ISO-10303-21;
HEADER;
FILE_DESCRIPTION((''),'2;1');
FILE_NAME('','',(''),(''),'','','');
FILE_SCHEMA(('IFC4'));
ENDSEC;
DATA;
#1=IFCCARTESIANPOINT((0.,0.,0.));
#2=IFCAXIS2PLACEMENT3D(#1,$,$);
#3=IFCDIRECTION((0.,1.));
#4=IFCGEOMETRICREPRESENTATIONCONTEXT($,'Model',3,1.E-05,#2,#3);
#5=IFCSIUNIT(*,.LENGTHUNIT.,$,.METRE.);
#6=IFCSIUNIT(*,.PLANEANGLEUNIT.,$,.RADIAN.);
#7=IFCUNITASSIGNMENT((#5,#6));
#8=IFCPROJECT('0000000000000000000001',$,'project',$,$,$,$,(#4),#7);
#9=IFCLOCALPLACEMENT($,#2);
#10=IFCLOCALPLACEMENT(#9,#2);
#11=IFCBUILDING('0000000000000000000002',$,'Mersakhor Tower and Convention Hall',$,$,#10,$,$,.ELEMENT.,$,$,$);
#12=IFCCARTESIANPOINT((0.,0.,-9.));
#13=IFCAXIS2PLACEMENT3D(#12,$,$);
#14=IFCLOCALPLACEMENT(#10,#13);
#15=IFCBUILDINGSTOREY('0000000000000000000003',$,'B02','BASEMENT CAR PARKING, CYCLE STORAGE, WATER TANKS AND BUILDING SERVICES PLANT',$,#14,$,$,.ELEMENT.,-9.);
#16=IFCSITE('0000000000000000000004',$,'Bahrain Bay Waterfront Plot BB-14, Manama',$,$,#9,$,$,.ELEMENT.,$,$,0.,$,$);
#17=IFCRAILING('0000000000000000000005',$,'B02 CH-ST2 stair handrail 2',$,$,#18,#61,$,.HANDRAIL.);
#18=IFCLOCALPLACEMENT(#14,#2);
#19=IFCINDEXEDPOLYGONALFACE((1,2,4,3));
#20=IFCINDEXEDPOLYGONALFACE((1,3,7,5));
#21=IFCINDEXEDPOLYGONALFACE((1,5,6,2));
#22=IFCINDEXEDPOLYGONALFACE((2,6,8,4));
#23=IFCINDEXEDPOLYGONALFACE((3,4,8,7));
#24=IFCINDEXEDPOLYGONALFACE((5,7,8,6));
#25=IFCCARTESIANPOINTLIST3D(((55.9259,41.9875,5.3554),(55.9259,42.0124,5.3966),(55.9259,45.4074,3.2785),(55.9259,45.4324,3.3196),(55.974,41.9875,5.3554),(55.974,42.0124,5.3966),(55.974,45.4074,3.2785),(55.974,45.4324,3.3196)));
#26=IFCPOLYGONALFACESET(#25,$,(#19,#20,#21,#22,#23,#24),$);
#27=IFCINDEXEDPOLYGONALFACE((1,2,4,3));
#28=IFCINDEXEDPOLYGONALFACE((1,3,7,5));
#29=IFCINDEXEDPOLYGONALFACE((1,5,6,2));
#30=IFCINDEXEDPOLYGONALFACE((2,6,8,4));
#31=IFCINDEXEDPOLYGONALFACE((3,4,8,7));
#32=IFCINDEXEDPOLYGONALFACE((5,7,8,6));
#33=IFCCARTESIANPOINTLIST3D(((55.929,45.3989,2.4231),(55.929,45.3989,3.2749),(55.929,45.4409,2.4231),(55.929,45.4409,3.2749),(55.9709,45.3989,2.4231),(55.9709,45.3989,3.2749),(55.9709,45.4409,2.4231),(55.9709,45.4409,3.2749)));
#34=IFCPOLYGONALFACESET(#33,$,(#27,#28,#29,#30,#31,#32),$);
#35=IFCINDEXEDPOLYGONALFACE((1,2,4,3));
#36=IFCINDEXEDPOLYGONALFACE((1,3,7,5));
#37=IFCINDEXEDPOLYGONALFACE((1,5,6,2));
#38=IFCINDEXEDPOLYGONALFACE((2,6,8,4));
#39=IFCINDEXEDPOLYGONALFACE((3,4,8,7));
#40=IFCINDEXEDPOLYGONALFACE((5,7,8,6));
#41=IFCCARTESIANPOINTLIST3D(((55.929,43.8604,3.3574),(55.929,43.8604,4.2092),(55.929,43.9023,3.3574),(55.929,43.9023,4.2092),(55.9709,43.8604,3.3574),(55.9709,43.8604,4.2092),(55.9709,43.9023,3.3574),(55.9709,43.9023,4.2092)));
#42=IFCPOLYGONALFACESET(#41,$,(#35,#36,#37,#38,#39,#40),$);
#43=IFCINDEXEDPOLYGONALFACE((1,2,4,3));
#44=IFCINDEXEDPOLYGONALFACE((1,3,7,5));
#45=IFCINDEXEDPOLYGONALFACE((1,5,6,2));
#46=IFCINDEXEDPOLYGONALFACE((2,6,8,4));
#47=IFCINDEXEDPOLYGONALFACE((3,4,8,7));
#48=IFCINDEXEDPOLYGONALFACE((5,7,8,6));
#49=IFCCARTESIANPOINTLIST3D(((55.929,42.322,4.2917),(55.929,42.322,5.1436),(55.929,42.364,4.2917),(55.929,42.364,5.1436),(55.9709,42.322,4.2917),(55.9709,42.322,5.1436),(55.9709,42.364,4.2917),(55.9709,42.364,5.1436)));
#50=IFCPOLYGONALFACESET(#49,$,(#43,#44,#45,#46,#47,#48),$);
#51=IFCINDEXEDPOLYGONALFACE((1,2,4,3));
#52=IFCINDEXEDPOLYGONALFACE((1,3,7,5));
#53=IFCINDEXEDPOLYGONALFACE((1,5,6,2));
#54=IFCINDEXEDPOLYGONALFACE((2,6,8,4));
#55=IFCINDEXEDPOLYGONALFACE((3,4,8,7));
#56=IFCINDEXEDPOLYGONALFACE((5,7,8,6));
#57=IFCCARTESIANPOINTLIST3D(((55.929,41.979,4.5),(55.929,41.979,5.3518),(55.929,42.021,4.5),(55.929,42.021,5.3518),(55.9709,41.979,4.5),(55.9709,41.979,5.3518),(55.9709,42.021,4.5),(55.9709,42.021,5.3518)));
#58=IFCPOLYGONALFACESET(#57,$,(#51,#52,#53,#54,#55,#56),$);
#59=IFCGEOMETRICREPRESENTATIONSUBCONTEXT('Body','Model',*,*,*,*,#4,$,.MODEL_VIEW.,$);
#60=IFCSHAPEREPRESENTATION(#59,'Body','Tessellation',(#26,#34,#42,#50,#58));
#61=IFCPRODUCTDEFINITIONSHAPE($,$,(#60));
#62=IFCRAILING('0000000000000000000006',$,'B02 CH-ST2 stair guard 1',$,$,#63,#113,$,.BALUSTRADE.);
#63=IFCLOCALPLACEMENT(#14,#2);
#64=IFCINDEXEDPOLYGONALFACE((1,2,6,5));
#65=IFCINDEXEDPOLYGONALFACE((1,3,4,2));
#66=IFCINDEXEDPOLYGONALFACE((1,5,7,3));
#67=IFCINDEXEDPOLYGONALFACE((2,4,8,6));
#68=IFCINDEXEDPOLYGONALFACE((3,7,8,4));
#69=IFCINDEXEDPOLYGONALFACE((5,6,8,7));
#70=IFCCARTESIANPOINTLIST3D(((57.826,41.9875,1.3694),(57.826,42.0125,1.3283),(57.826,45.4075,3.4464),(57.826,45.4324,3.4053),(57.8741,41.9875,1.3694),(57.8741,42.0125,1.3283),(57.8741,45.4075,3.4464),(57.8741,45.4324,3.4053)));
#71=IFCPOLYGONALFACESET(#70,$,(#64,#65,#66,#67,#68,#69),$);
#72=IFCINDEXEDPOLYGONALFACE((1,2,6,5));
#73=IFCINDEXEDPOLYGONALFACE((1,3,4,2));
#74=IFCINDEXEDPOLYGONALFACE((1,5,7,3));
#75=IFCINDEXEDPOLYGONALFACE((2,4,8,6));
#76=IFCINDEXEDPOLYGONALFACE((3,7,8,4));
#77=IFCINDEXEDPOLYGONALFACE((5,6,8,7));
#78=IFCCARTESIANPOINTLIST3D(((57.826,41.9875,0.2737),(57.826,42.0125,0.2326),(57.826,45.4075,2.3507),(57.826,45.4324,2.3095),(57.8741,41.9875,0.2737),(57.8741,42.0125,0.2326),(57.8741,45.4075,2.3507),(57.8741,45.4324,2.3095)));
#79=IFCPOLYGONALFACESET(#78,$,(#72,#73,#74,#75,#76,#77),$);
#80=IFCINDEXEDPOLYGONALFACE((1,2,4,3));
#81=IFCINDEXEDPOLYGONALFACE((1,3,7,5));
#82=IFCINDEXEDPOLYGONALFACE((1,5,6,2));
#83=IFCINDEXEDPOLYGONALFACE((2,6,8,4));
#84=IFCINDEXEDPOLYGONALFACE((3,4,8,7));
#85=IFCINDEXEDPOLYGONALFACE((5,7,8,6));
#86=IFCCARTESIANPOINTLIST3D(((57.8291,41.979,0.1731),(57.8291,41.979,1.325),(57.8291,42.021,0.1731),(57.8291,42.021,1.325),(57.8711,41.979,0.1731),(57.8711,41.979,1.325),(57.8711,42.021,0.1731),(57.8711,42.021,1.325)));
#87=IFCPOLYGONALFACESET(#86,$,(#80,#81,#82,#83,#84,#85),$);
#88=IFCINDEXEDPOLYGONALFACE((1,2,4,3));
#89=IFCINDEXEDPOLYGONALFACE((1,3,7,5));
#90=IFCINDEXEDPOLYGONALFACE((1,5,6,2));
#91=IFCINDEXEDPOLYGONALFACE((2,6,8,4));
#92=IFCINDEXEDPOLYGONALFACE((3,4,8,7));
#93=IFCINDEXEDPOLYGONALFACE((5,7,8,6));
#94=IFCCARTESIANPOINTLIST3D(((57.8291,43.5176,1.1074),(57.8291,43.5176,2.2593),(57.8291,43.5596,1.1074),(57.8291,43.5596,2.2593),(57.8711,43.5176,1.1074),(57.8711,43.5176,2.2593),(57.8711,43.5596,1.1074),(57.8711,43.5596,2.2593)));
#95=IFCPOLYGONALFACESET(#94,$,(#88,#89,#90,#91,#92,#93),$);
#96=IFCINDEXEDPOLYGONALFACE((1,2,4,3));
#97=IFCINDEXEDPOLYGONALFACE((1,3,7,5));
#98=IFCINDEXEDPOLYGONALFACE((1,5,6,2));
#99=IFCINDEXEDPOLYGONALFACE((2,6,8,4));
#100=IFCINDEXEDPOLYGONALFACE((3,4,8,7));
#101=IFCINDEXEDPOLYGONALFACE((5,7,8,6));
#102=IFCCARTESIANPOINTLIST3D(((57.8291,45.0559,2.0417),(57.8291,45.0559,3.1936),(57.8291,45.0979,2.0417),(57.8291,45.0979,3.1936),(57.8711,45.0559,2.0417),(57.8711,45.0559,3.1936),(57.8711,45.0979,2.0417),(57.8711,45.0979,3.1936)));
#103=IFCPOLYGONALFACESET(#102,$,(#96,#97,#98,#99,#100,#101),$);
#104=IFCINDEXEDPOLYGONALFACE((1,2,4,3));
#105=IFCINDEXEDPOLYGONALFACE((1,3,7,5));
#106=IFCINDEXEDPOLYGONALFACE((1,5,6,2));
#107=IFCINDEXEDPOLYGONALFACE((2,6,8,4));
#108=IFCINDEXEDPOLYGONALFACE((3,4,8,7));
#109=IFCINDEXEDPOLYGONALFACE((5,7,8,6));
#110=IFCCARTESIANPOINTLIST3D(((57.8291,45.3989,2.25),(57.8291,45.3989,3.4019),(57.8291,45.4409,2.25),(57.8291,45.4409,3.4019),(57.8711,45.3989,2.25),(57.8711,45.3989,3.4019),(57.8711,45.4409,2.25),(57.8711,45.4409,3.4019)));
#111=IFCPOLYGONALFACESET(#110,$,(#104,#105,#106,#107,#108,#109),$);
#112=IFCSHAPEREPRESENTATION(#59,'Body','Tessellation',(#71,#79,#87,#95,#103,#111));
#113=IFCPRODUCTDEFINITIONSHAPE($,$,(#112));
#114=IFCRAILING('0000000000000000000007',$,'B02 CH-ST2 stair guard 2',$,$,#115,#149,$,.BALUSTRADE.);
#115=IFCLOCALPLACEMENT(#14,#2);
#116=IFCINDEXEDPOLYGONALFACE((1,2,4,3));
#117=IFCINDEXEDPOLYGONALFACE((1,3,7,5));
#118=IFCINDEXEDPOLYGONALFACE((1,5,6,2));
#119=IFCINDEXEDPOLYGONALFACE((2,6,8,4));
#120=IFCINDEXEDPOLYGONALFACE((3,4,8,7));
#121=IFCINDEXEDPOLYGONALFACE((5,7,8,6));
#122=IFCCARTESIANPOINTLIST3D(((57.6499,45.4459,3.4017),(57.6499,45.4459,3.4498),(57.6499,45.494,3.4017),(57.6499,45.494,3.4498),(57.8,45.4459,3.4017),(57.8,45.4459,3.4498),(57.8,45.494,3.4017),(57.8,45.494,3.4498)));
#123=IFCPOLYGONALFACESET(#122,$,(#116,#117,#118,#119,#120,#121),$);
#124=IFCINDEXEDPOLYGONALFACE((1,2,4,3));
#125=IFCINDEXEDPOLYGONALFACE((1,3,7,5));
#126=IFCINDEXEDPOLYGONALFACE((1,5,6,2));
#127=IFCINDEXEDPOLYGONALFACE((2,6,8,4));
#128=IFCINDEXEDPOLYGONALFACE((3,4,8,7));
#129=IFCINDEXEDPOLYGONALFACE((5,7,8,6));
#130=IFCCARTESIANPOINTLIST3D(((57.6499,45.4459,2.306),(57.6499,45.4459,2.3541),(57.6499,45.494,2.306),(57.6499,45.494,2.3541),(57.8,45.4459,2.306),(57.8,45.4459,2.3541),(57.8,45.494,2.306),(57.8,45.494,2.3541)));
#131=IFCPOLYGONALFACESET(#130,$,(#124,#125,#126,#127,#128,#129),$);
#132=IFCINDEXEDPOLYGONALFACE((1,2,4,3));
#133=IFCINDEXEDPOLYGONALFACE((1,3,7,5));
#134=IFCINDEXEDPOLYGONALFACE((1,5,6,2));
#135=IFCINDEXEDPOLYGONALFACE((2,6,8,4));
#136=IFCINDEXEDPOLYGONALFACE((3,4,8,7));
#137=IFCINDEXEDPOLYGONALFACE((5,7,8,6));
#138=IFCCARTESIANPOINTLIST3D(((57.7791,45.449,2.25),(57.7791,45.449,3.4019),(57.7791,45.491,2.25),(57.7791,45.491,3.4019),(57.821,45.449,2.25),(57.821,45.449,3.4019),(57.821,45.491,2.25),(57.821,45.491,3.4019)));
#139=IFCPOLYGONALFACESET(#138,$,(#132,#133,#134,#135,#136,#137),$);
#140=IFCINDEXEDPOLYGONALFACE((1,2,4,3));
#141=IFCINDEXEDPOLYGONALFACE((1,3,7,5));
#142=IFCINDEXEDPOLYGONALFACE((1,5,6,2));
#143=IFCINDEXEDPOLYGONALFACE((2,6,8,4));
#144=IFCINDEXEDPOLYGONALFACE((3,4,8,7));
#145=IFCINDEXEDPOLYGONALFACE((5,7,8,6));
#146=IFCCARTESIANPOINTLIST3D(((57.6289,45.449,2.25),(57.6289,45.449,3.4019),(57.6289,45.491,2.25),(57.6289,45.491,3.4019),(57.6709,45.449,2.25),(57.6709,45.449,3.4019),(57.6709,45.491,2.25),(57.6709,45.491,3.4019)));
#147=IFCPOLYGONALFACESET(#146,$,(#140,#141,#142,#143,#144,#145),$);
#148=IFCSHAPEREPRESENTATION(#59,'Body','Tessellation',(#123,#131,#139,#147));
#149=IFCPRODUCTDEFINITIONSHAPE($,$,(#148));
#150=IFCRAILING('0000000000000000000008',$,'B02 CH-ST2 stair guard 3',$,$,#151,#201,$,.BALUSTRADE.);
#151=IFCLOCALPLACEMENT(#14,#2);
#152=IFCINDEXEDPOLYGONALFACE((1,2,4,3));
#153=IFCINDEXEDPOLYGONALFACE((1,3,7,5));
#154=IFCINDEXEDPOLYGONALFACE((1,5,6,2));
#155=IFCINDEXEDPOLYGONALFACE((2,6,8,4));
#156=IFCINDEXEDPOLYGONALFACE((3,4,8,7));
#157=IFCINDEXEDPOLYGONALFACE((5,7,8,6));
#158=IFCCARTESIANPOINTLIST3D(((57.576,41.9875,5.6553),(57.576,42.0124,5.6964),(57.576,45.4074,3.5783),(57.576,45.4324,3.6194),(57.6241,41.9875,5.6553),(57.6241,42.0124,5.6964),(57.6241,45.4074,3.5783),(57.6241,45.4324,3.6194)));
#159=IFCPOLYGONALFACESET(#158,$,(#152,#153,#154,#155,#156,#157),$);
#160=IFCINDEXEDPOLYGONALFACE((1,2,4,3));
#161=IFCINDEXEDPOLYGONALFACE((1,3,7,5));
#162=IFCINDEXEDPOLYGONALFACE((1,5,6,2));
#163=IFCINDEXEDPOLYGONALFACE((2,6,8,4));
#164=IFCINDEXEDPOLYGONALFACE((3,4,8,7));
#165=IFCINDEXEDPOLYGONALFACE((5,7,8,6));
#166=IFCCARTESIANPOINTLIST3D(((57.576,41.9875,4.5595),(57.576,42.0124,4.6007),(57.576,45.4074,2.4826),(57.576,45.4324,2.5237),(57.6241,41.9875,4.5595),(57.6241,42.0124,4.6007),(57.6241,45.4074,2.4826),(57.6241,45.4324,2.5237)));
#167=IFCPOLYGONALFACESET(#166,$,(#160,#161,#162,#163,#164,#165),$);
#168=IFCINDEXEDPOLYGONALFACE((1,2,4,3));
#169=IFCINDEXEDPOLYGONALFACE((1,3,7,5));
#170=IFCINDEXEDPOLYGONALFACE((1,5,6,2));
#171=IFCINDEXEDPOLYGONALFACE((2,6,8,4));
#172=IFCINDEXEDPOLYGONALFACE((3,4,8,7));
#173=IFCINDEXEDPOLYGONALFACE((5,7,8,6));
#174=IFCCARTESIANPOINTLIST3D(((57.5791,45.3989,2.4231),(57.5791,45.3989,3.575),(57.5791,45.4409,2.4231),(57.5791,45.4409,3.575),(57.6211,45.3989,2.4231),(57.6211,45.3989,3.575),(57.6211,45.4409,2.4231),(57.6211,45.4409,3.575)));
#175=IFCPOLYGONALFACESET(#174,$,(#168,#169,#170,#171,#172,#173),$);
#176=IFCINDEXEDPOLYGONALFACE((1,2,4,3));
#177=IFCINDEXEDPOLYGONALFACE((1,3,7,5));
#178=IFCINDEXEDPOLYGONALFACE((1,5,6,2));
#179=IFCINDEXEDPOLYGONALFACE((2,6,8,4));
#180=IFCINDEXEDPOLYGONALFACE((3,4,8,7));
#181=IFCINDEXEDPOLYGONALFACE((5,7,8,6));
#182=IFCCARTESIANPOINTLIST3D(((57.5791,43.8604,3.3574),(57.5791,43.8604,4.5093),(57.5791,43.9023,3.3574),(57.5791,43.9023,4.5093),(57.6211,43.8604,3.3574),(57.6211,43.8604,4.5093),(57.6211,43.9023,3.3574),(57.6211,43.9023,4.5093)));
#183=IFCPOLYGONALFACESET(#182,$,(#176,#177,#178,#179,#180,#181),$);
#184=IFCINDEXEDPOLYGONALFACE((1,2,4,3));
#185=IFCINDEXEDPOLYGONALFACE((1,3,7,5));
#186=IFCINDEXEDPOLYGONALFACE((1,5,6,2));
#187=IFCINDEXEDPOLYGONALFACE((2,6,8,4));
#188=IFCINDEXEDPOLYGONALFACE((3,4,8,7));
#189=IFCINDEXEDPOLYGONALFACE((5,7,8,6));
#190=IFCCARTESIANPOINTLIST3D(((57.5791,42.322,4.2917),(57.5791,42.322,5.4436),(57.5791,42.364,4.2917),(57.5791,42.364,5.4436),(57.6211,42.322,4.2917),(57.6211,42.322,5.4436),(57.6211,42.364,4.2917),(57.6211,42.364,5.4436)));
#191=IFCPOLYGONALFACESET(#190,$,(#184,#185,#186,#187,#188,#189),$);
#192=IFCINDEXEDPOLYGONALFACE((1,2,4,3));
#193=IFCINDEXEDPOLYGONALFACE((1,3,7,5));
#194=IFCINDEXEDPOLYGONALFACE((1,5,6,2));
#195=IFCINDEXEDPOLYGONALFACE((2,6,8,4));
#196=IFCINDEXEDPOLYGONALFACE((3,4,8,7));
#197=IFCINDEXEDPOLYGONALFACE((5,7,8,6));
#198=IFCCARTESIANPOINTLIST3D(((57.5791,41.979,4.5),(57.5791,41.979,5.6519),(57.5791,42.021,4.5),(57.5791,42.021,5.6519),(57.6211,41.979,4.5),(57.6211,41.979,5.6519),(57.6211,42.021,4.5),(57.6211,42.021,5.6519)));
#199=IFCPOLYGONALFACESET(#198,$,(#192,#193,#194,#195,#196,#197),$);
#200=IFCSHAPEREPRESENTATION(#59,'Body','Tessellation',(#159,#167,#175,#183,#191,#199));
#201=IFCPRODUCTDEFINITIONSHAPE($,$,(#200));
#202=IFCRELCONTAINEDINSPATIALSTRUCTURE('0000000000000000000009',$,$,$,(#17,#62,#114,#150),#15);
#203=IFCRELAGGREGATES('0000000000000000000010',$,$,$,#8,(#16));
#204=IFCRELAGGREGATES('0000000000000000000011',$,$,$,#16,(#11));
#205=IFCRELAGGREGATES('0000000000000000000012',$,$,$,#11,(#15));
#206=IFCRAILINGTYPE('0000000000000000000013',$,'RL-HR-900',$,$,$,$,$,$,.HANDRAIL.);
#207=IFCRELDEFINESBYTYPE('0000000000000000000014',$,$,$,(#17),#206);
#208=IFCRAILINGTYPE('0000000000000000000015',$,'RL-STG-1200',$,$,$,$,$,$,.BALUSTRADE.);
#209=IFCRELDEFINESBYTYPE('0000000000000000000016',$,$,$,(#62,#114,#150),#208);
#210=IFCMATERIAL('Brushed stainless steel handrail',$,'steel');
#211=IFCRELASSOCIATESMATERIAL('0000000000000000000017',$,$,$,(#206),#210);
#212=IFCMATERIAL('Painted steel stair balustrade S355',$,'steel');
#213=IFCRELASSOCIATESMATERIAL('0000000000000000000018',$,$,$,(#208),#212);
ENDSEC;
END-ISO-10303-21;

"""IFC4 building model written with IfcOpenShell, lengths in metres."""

from ifc_helpers import new_model, si_unit, direction, frame, origin, origin_2d, place, context, subcontext, project, spatial, rectangle, extrude, material, type_object, element, save


model = new_model("IFC4")

# Units and contexts
model_context = context("Model", 3, precision=1e-05, world=origin(), true_north=direction((0.0, 1.0)))
body_context = subcontext(model_context, "Body", "Model", "MODEL_VIEW")
ifc_project = project(units=[si_unit("LENGTHUNIT", "METRE"), si_unit("PLANEANGLEUNIT", "RADIAN")], contexts=[model_context])

# Site, building, storey
site_placement = place(None, origin())
site = spatial("IfcSite", under=ifc_project, at=site_placement, Name="Bahrain Bay Waterfront Plot BB-14, Manama", CompositionType="ELEMENT", RefElevation=0.0)
building_placement = place(site_placement, origin())
building = spatial("IfcBuilding", under=site, at=building_placement, Name="Mersakhor Tower and Convention Hall", CompositionType="ELEMENT")
storey_placement = place(building_placement, frame((0.0, 0.0, -9.0)))
storey = spatial("IfcBuildingStorey", under=building, at=storey_placement, Name="B02", Description="BASEMENT CAR PARKING, CYCLE STORAGE, WATER TANKS AND BUILDING SERVICES PLANT", CompositionType="ELEMENT", Elevation=-9.0)

# Railings
ifc_material_1 = material(Name="Brushed stainless steel handrail", Category="steel")
railing_type_1 = type_object("IfcRailingType", Name="RL-HR-900", PredefinedType="HANDRAIL", material=ifc_material_1)
railing_1_placement = place(storey_placement, frame((55.95, 45.4199, 2.4231)))
element("IfcRailing", 1, at=railing_1_placement, inside=storey, type_object=railing_type_1, Name="B02 CH-ST2 stair handrail 2", PredefinedType="HANDRAIL", context=body_context, shape_type="SweptSolid", body=[
    extrude(rectangle(XDim=0.0481, YDim=0.0481, at=origin_2d()), frame((0.0, 0.0, 0.876), z_axis=(0.0, -0.85473, 0.519074), x_axis=(1.0, 0.0, 0.0)), (0.0, 0.0, 1.0), 4.0012),
    extrude(rectangle(XDim=0.042, YDim=0.042, at=origin_2d()), origin(), (0.0, 0.0, 1.0), 0.8518),
    extrude(rectangle(XDim=0.042, YDim=0.042, at=origin_2d()), frame((0.0, -1.5386, 0.9343)), (0.0, 0.0, 1.0), 0.8518),
    extrude(rectangle(XDim=0.042, YDim=0.042, at=origin_2d()), frame((0.0, -3.0769, 1.8687)), (0.0, 0.0, 1.0), 0.8518),
    extrude(rectangle(XDim=0.042, YDim=0.042, at=origin_2d()), frame((0.0, -3.4199, 2.0769)), (0.0, 0.0, 1.0), 0.8518),
])
ifc_material_2 = material(Name="Painted steel stair balustrade S355", Category="steel")
railing_type_2 = type_object("IfcRailingType", Name="RL-STG-1200", PredefinedType="BALUSTRADE", material=ifc_material_2)
railing_2_placement = place(storey_placement, frame((57.8501, 42.0, 0.1731)))
element("IfcRailing", 2, at=railing_2_placement, inside=storey, type_object=railing_type_2, Name="B02 CH-ST2 stair guard 1", PredefinedType="BALUSTRADE", context=body_context, shape_type="SweptSolid", body=[
    extrude(rectangle(XDim=0.0481, YDim=0.0481, at=origin_2d()), frame((0.0, 0.0, 1.1758), z_axis=(0.0, 0.85473, 0.519074), x_axis=(-1.0, 0.0, 0.0)), (0.0, 0.0, 1.0), 4.0012),
    extrude(rectangle(XDim=0.0481, YDim=0.0481, at=origin_2d()), frame((0.0, 0.0, 0.0801), z_axis=(0.0, 0.85473, 0.519074), x_axis=(-1.0, 0.0, 0.0)), (0.0, 0.0, 1.0), 4.0012),
    extrude(rectangle(XDim=0.042, YDim=0.042, at=origin_2d()), origin(), (0.0, 0.0, 1.0), 1.1519),
    extrude(rectangle(XDim=0.042, YDim=0.042, at=origin_2d()), frame((0.0, 1.5386, 0.9343)), (0.0, 0.0, 1.0), 1.1519),
    extrude(rectangle(XDim=0.042, YDim=0.042, at=origin_2d()), frame((0.0, 3.0769, 1.8687)), (0.0, 0.0, 1.0), 1.1519),
    extrude(rectangle(XDim=0.042, YDim=0.042, at=origin_2d()), frame((0.0, 3.4199, 2.0769)), (0.0, 0.0, 1.0), 1.1519),
])
railing_3_placement = place(storey_placement, frame((57.8, 45.47, 2.25)))
element("IfcRailing", 3, at=railing_3_placement, inside=storey, type_object=railing_type_2, Name="B02 CH-ST2 stair guard 2", PredefinedType="BALUSTRADE", context=body_context, shape_type="SweptSolid", body=[
    extrude(rectangle(XDim=0.0481, YDim=0.0481, at=origin_2d()), frame((0.0, 0.0, 1.1758), z_axis=(-1.0, 0.0, 0.0), x_axis=(0.0, -1.0, 0.0)), (0.0, 0.0, 1.0), 0.1501),
    extrude(rectangle(XDim=0.0481, YDim=0.0481, at=origin_2d()), frame((0.0, 0.0, 0.0801), z_axis=(-1.0, 0.0, 0.0), x_axis=(0.0, -1.0, 0.0)), (0.0, 0.0, 1.0), 0.1501),
    extrude(rectangle(XDim=0.042, YDim=0.042, at=origin_2d()), origin(), (0.0, 0.0, 1.0), 1.1519),
    extrude(rectangle(XDim=0.042, YDim=0.042, at=origin_2d()), frame((-0.1501, 0.0, 0.0)), (0.0, 0.0, 1.0), 1.1519),
])
railing_4_placement = place(storey_placement, frame((57.6001, 45.4199, 2.4231)))
element("IfcRailing", 4, at=railing_4_placement, inside=storey, type_object=railing_type_2, Name="B02 CH-ST2 stair guard 3", PredefinedType="BALUSTRADE", context=body_context, shape_type="SweptSolid", body=[
    extrude(rectangle(XDim=0.0481, YDim=0.0481, at=origin_2d()), frame((0.0, 0.0, 1.1758), z_axis=(0.0, -0.85473, 0.519074), x_axis=(1.0, 0.0, 0.0)), (0.0, 0.0, 1.0), 4.0012),
    extrude(rectangle(XDim=0.0481, YDim=0.0481, at=origin_2d()), frame((0.0, 0.0, 0.0801), z_axis=(0.0, -0.85473, 0.519074), x_axis=(1.0, 0.0, 0.0)), (0.0, 0.0, 1.0), 4.0012),
    extrude(rectangle(XDim=0.042, YDim=0.042, at=origin_2d()), origin(), (0.0, 0.0, 1.0), 1.1519),
    extrude(rectangle(XDim=0.042, YDim=0.042, at=origin_2d()), frame((0.0, -1.5386, 0.9343)), (0.0, 0.0, 1.0), 1.1519),
    extrude(rectangle(XDim=0.042, YDim=0.042, at=origin_2d()), frame((0.0, -3.0769, 1.8687)), (0.0, 0.0, 1.0), 1.1519),
    extrude(rectangle(XDim=0.042, YDim=0.042, at=origin_2d()), frame((0.0, -3.4199, 2.0769)), (0.0, 0.0, 1.0), 1.1519),
])

save(model, "model.ifc")
